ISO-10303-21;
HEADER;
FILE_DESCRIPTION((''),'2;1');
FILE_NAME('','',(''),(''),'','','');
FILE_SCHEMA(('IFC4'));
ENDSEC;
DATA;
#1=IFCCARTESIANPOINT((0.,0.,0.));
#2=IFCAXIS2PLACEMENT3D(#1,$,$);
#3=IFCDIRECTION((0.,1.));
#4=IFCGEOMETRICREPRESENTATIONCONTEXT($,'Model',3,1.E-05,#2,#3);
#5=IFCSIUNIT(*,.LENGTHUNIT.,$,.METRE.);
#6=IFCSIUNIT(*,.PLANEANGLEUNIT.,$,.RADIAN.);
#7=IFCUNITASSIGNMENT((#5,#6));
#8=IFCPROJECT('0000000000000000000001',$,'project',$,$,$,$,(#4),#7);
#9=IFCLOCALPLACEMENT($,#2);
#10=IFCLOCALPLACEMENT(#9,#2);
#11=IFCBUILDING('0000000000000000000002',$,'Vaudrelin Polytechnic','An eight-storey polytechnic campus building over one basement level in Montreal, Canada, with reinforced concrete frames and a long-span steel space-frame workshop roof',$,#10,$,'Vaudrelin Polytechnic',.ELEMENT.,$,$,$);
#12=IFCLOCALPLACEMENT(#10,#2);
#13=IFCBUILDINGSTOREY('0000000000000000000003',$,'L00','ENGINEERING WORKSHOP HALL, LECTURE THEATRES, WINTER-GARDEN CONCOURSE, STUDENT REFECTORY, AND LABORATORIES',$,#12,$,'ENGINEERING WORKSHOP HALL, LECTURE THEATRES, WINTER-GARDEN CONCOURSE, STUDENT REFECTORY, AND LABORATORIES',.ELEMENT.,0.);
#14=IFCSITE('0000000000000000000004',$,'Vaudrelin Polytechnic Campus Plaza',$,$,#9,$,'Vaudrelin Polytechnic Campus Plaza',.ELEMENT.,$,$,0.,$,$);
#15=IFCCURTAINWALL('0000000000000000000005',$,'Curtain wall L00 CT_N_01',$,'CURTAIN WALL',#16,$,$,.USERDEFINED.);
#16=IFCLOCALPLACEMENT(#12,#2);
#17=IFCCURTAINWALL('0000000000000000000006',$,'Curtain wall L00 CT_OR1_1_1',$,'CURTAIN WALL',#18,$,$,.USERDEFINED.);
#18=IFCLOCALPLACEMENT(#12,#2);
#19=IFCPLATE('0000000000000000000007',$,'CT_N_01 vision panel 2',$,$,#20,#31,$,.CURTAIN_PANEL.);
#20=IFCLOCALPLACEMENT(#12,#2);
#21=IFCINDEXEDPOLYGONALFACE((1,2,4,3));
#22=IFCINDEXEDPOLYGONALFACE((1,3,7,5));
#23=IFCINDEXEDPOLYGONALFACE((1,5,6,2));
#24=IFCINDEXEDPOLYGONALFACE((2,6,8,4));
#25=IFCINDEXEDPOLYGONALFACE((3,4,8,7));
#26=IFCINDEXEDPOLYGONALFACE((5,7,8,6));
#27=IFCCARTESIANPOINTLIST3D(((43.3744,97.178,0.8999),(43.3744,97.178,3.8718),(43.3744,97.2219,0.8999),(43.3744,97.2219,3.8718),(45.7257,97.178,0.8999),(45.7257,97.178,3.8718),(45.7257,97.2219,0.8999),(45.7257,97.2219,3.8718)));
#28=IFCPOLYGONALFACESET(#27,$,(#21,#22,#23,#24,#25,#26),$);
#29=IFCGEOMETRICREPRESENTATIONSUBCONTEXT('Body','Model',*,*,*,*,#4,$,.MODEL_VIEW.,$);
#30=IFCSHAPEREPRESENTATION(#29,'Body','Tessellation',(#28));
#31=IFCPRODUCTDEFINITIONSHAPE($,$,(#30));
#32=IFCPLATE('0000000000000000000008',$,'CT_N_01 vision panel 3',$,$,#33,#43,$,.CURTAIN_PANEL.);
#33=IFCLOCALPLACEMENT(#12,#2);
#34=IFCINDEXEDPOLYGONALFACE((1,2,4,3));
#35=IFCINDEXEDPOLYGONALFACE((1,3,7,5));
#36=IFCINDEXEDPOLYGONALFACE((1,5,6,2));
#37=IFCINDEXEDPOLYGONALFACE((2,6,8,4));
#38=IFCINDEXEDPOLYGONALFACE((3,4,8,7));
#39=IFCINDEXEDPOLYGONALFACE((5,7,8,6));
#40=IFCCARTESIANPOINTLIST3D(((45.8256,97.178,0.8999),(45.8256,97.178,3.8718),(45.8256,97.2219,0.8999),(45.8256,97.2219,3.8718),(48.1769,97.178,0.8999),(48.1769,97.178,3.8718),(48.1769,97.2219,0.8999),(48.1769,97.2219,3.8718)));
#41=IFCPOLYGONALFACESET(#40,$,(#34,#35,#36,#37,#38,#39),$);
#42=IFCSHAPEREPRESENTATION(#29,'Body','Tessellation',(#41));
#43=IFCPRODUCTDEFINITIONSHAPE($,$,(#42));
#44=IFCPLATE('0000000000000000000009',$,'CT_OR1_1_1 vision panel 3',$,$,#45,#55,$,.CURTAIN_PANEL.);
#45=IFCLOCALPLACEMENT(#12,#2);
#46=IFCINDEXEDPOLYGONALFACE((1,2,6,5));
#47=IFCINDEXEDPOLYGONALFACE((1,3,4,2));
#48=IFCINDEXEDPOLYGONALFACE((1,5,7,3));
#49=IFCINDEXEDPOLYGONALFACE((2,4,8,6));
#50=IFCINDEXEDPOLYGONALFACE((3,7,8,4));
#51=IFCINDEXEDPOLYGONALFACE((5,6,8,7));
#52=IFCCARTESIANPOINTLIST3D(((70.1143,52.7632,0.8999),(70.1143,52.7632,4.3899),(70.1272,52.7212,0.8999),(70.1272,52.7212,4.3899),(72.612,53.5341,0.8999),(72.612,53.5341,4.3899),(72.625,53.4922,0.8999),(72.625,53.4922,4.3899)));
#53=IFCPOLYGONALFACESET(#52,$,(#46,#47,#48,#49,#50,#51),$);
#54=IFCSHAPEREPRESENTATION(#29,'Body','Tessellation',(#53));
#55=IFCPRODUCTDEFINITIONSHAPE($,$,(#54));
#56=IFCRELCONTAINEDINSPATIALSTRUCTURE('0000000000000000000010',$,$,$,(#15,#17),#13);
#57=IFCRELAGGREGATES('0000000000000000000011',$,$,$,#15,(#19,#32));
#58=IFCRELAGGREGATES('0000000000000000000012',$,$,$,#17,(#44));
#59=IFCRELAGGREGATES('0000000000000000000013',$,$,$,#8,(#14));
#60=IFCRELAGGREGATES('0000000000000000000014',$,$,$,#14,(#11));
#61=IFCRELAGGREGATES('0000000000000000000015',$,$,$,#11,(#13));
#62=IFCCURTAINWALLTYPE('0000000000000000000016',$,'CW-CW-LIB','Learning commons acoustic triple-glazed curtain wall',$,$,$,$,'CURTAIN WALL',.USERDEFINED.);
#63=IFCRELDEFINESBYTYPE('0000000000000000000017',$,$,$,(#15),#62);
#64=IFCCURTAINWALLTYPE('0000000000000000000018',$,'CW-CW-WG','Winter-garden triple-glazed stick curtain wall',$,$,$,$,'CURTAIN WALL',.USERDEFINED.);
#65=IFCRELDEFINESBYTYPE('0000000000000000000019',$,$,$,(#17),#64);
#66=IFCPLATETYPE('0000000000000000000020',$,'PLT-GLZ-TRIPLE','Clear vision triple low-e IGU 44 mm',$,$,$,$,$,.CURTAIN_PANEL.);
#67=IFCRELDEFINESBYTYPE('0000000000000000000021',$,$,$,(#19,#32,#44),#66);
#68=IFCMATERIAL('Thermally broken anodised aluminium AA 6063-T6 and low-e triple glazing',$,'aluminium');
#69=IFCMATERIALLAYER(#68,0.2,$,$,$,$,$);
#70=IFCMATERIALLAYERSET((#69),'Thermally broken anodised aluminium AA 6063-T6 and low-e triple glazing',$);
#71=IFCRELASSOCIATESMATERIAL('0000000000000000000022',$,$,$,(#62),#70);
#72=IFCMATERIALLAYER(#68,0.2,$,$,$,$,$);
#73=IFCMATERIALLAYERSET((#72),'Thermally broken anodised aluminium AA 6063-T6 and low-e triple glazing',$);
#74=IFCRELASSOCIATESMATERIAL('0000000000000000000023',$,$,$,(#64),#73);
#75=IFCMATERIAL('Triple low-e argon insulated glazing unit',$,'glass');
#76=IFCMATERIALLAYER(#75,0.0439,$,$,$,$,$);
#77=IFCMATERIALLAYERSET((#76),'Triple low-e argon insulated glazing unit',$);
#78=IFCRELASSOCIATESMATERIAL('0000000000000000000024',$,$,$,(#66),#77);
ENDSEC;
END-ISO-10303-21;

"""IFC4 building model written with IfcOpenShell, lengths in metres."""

from ifc_helpers import new_model, si_unit, direction, frame, origin, origin_2d, place, context, subcontext, project, spatial, rectangle, extrude, material, layer, layer_set, type_object, element, aggregate, save


model = new_model("IFC4")

# Units and contexts
model_context = context("Model", 3, precision=1e-05, world=origin(), true_north=direction((0.0, 1.0)))
body_context = subcontext(model_context, "Body", "Model", "MODEL_VIEW")
ifc_project = project(units=[si_unit("LENGTHUNIT", "METRE"), si_unit("PLANEANGLEUNIT", "RADIAN")], contexts=[model_context])

# Site, building, storey
site_placement = place(None, origin())
site = spatial("IfcSite", under=ifc_project, at=site_placement, Name="Vaudrelin Polytechnic Campus Plaza", LongName="Vaudrelin Polytechnic Campus Plaza", CompositionType="ELEMENT", RefElevation=0.0)
building_placement = place(site_placement, origin())
building = spatial("IfcBuilding", under=site, at=building_placement, Name="Vaudrelin Polytechnic", Description="An eight-storey polytechnic campus building over one basement level in Montreal, Canada, with reinforced concrete frames and a long-span steel space-frame workshop roof", LongName="Vaudrelin Polytechnic", CompositionType="ELEMENT")
storey_placement = place(building_placement, origin())
storey = spatial("IfcBuildingStorey", under=building, at=storey_placement, Name="L00", Description="ENGINEERING WORKSHOP HALL, LECTURE THEATRES, WINTER-GARDEN CONCOURSE, STUDENT REFECTORY, AND LABORATORIES", LongName="ENGINEERING WORKSHOP HALL, LECTURE THEATRES, WINTER-GARDEN CONCOURSE, STUDENT REFECTORY, AND LABORATORIES", CompositionType="ELEMENT", Elevation=0.0)

# Shared definitions
ifc_material_1 = material(Name="Thermally broken anodised aluminium AA 6063-T6 and low-e triple glazing", Category="aluminium")
ifc_layer_1 = layer(ifc_material_1, 0.2)
ifc_layer_set_1 = layer_set([ifc_layer_1], Name="Thermally broken anodised aluminium AA 6063-T6 and low-e triple glazing")
curtain_wall_type_1 = type_object("IfcCurtainWallType", Name="CW-CW-LIB", Description="Learning commons acoustic triple-glazed curtain wall", ElementType="CURTAIN WALL", PredefinedType="USERDEFINED", material=ifc_layer_set_1)

# Curtain wall
curtain_wall_1_placement = place(storey_placement, origin())
curtain_wall_1 = element("IfcCurtainWall", 1, at=curtain_wall_1_placement, inside=storey, type_object=curtain_wall_type_1, Name="Curtain wall L00 CT_N_01", ObjectType="CURTAIN WALL", PredefinedType="USERDEFINED")

# Curtain wall
ifc_layer_2 = layer(ifc_material_1, 0.2)
ifc_layer_set_2 = layer_set([ifc_layer_2], Name="Thermally broken anodised aluminium AA 6063-T6 and low-e triple glazing")
curtain_wall_type_2 = type_object("IfcCurtainWallType", Name="CW-CW-WG", Description="Winter-garden triple-glazed stick curtain wall", ElementType="CURTAIN WALL", PredefinedType="USERDEFINED", material=ifc_layer_set_2)
curtain_wall_2_placement = place(storey_placement, origin())
curtain_wall_2 = element("IfcCurtainWall", 2, at=curtain_wall_2_placement, inside=storey, type_object=curtain_wall_type_2, Name="Curtain wall L00 CT_OR1_1_1", ObjectType="CURTAIN WALL", PredefinedType="USERDEFINED")

# Plates
ifc_material_2 = material(Name="Triple low-e argon insulated glazing unit", Category="glass")
ifc_layer_3 = layer(ifc_material_2, 0.0439)
ifc_layer_set_3 = layer_set([ifc_layer_3], Name="Triple low-e argon insulated glazing unit")
plate_type_1 = type_object("IfcPlateType", Name="PLT-GLZ-TRIPLE", Description="Clear vision triple low-e IGU 44 mm", PredefinedType="CURTAIN_PANEL", material=ifc_layer_set_3)
plate_1_placement = place(storey_placement, frame((44.55, 97.2, 0.8999), z_axis=(0.0, 0.0, 1.0), x_axis=(1.0, 0.0, 0.0)))
plate_1 = element("IfcPlate", 3, at=plate_1_placement, type_object=plate_type_1, Name="CT_N_01 vision panel 2", PredefinedType="CURTAIN_PANEL", context=body_context, shape_type="SweptSolid", body=[
    extrude(rectangle(XDim=2.3513, YDim=0.0439, at=origin_2d()), origin(), (0.0, 0.0, 1.0), 2.9719),
])
plate_2_placement = place(storey_placement, frame((47.0012, 97.2, 0.8999), z_axis=(0.0, 0.0, 1.0), x_axis=(1.0, 0.0, 0.0)))
plate_2 = element("IfcPlate", 4, at=plate_2_placement, type_object=plate_type_1, Name="CT_N_01 vision panel 3", PredefinedType="CURTAIN_PANEL", context=body_context, shape_type="SweptSolid", body=[
    extrude(rectangle(XDim=2.3513, YDim=0.0439, at=origin_2d()), origin(), (0.0, 0.0, 1.0), 2.9719),
])
aggregate(curtain_wall_1, [plate_1, plate_2])
plate_3_placement = place(storey_placement, frame((71.3696, 53.1277, 0.8999), z_axis=(0.0, 0.0, 1.0), x_axis=(0.955521, 0.294922, 0.0)))
plate_3 = element("IfcPlate", 5, at=plate_3_placement, type_object=plate_type_1, Name="CT_OR1_1_1 vision panel 3", PredefinedType="CURTAIN_PANEL", context=body_context, shape_type="SweptSolid", body=[
    extrude(rectangle(XDim=2.614, YDim=0.0439, at=origin_2d()), origin(), (0.0, 0.0, 1.0), 3.49),
])
aggregate(curtain_wall_2, [plate_3])

save(model, "model.ifc")
